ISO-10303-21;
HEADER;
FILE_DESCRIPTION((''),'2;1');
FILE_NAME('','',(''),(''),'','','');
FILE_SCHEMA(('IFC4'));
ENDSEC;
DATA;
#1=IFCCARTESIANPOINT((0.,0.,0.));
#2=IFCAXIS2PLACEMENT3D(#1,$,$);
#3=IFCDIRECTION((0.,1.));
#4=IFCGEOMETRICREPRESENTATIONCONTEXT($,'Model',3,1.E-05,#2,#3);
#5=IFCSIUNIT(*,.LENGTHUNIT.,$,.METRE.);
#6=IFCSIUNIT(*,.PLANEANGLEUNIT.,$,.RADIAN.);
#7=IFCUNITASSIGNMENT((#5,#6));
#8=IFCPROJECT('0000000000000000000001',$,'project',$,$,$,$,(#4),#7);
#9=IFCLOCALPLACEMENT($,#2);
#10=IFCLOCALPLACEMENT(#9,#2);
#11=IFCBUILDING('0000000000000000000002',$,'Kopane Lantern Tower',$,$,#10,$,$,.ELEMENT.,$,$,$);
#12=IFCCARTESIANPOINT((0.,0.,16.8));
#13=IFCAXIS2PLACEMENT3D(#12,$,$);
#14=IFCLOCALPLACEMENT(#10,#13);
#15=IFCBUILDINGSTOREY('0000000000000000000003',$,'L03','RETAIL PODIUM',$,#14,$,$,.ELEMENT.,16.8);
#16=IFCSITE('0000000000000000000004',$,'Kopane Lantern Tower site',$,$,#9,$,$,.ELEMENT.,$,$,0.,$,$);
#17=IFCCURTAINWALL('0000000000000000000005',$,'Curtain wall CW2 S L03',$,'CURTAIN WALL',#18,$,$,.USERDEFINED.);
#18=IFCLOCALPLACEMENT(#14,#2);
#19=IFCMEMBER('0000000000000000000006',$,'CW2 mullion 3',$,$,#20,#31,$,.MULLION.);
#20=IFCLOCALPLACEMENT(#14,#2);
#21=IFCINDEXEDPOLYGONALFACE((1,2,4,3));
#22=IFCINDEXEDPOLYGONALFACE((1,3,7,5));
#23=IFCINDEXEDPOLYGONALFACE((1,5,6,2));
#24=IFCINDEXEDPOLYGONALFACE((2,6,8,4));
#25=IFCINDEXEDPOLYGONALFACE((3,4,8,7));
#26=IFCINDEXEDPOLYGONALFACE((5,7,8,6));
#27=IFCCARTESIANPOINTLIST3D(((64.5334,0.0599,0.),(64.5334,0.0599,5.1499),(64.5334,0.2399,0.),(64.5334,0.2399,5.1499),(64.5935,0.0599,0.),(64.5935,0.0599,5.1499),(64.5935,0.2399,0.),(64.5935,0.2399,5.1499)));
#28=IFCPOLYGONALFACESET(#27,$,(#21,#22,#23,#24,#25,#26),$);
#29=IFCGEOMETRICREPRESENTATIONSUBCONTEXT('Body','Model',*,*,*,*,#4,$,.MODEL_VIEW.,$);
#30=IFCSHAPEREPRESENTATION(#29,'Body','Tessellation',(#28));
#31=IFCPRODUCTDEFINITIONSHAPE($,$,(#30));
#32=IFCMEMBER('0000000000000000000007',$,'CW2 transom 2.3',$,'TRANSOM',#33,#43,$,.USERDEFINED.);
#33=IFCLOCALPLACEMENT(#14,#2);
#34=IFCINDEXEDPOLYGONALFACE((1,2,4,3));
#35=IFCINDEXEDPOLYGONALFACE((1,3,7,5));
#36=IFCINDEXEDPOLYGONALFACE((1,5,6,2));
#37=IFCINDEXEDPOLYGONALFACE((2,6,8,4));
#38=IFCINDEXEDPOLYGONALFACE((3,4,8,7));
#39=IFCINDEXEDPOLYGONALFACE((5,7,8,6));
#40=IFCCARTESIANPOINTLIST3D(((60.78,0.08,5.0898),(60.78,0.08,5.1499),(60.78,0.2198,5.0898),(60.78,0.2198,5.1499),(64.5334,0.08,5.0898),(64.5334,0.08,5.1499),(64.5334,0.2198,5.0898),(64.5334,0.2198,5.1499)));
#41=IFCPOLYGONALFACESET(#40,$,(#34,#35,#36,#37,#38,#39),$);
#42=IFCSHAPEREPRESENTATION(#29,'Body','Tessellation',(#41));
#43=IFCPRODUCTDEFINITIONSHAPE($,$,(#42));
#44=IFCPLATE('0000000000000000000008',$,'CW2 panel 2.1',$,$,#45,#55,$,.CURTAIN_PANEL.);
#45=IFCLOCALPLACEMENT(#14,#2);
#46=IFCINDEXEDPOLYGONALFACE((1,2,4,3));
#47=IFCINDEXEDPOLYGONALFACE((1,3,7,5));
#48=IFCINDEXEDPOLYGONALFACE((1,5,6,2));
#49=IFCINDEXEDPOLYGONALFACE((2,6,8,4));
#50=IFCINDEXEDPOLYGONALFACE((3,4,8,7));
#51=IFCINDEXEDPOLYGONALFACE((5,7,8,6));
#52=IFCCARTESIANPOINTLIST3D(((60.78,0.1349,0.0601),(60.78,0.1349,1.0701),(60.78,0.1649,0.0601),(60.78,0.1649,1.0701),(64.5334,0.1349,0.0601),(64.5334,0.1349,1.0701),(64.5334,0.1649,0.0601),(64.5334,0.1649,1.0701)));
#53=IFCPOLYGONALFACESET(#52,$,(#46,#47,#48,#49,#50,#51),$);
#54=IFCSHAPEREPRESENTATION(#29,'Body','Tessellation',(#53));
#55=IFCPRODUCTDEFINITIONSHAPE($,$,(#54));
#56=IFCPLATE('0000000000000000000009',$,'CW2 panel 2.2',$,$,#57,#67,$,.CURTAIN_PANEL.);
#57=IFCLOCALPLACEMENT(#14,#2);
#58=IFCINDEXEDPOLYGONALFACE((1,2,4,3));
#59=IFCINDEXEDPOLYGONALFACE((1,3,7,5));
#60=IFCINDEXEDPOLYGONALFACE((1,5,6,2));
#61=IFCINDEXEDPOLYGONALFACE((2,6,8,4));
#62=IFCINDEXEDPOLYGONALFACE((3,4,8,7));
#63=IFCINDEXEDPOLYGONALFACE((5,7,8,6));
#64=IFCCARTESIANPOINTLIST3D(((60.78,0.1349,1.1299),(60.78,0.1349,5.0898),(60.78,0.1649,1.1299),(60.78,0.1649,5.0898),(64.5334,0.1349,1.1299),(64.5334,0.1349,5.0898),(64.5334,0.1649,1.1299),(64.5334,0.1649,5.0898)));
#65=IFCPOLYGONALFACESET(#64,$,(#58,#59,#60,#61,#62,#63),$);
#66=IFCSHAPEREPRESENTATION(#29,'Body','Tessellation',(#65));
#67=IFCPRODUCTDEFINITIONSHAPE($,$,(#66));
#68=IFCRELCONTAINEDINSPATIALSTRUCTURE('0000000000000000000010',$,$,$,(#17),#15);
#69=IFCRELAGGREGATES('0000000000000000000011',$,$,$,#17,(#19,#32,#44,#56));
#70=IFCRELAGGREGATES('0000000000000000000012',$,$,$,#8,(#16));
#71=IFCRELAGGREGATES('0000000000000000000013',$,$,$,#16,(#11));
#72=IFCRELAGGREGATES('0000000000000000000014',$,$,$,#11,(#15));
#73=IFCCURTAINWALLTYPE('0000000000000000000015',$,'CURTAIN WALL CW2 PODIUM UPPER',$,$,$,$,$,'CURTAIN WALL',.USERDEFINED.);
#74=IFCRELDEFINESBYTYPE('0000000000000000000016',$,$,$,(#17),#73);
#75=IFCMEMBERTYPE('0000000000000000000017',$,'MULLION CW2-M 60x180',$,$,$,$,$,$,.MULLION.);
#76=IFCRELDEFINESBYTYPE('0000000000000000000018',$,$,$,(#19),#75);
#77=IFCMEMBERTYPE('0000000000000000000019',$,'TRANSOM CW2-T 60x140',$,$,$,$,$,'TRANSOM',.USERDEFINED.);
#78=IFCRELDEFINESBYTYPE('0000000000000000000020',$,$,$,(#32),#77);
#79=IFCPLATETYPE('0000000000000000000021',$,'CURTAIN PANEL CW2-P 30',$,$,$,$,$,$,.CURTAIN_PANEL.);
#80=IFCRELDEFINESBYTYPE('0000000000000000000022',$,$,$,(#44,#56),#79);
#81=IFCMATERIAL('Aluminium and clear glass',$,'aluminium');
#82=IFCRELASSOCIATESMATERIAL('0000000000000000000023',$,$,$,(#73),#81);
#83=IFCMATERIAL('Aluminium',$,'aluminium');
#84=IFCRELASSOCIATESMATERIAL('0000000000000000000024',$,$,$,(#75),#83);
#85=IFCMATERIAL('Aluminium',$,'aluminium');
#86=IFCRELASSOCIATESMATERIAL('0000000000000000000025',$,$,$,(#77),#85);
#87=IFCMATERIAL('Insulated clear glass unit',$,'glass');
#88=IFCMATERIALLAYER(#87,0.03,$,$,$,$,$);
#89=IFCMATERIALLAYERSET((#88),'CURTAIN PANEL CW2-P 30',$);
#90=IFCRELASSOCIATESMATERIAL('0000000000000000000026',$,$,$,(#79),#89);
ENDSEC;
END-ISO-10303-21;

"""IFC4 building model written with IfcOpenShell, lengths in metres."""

from ifc_helpers import new_model, si_unit, direction, frame, origin, origin_2d, place, context, subcontext, project, spatial, rectangle, extrude, material, layer, layer_set, material_profile, profile_set, type_object, element, aggregate, save


model = new_model("IFC4")

# Units and contexts
model_context = context("Model", 3, precision=1e-05, world=origin(), true_north=direction((0.0, 1.0)))
body_context = subcontext(model_context, "Body", "Model", "MODEL_VIEW")
ifc_project = project(units=[si_unit("LENGTHUNIT", "METRE"), si_unit("PLANEANGLEUNIT", "RADIAN")], contexts=[model_context])

# Site, building, storey
site_placement = place(None, origin())
site = spatial("IfcSite", under=ifc_project, at=site_placement, Name="Kopane Lantern Tower site", CompositionType="ELEMENT", RefElevation=0.0)
building_placement = place(site_placement, origin())
building = spatial("IfcBuilding", under=site, at=building_placement, Name="Kopane Lantern Tower", CompositionType="ELEMENT")
storey_placement = place(building_placement, frame((0.0, 0.0, 16.8)))
storey = spatial("IfcBuildingStorey", under=building, at=storey_placement, Name="L03", Description="RETAIL PODIUM", CompositionType="ELEMENT", Elevation=16.8)

# Curtain wall, members, plates
ifc_material_1 = material(Name="Aluminium and clear glass", Category="aluminium")
curtain_wall_type = type_object("IfcCurtainWallType", Name="CURTAIN WALL CW2 PODIUM UPPER", ElementType="CURTAIN WALL", PredefinedType="USERDEFINED", material=ifc_material_1)
curtain_wall_placement = place(storey_placement, origin())
curtain_wall = element("IfcCurtainWall", 1, at=curtain_wall_placement, inside=storey, type_object=curtain_wall_type, Name="Curtain wall CW2 S L03", ObjectType="CURTAIN WALL", PredefinedType="USERDEFINED")
ifc_material_2 = material(Name="Aluminium", Category="aluminium")
ifc_material_profile_1 = material_profile(ifc_material_2, rectangle(XDim=0.0601, YDim=0.1799, at=origin_2d()), Name="AL 60x180")
ifc_profile_set_1 = profile_set([ifc_material_profile_1], Name="Aluminium")
member_type_1 = type_object("IfcMemberType", Name="MULLION CW2-M 60x180", PredefinedType="MULLION", material=ifc_profile_set_1)
member_1_placement = place(storey_placement, frame((64.5635, 0.1499, 0.0), z_axis=(0.0, 0.0, 1.0), x_axis=(1.0, 0.0, 0.0)))
member_1 = element("IfcMember", 2, at=member_1_placement, type_object=member_type_1, Name="CW2 mullion 3", PredefinedType="MULLION", context=body_context, shape_type="SweptSolid", body=[
    extrude(rectangle(XDim=0.0601, YDim=0.1799, at=origin_2d()), origin(), (0.0, 0.0, 1.0), 5.1499),
])
ifc_material_3 = material(Name="Aluminium", Category="aluminium")
ifc_material_profile_2 = material_profile(ifc_material_3, rectangle(XDim=0.1399, YDim=0.0601, at=origin_2d()), Name="AL 140x60")
ifc_profile_set_2 = profile_set([ifc_material_profile_2], Name="Aluminium")
member_type_2 = type_object("IfcMemberType", Name="TRANSOM CW2-T 60x140", ElementType="TRANSOM", PredefinedType="USERDEFINED", material=ifc_profile_set_2)
member_2_placement = place(storey_placement, frame((60.78, 0.1499, 5.1199), z_axis=(1.0, 0.0, 0.0), x_axis=(0.0, 1.0, 0.0)))
member_2 = element("IfcMember", 3, at=member_2_placement, type_object=member_type_2, Name="CW2 transom 2.3", ObjectType="TRANSOM", PredefinedType="USERDEFINED", context=body_context, shape_type="SweptSolid", body=[
    extrude(rectangle(XDim=0.1399, YDim=0.0601, at=origin_2d()), origin(), (0.0, 0.0, 1.0), 3.7534),
])
ifc_material_4 = material(Name="Insulated clear glass unit", Category="glass")
ifc_layer = layer(ifc_material_4, 0.03)
ifc_layer_set = layer_set([ifc_layer], Name="CURTAIN PANEL CW2-P 30")
plate_type = type_object("IfcPlateType", Name="CURTAIN PANEL CW2-P 30", PredefinedType="CURTAIN_PANEL", material=ifc_layer_set)
plate_1_placement = place(storey_placement, frame((62.6567, 0.1499, 0.0601), z_axis=(0.0, 0.0, 1.0), x_axis=(1.0, 0.0, 0.0)))
plate_1 = element("IfcPlate", 4, at=plate_1_placement, type_object=plate_type, Name="CW2 panel 2.1", PredefinedType="CURTAIN_PANEL", context=body_context, shape_type="SweptSolid", body=[
    extrude(rectangle(XDim=3.7534, YDim=0.03, at=origin_2d()), origin(), (0.0, 0.0, 1.0), 1.01),
])
plate_2_placement = place(storey_placement, frame((62.6567, 0.1499, 1.1299), z_axis=(0.0, 0.0, 1.0), x_axis=(1.0, 0.0, 0.0)))
plate_2 = element("IfcPlate", 5, at=plate_2_placement, type_object=plate_type, Name="CW2 panel 2.2", PredefinedType="CURTAIN_PANEL", context=body_context, shape_type="SweptSolid", body=[
    extrude(rectangle(XDim=3.7534, YDim=0.03, at=origin_2d()), origin(), (0.0, 0.0, 1.0), 3.96),
])
aggregate(curtain_wall, [member_1, member_2, plate_1, plate_2])

save(model, "model.ifc")
